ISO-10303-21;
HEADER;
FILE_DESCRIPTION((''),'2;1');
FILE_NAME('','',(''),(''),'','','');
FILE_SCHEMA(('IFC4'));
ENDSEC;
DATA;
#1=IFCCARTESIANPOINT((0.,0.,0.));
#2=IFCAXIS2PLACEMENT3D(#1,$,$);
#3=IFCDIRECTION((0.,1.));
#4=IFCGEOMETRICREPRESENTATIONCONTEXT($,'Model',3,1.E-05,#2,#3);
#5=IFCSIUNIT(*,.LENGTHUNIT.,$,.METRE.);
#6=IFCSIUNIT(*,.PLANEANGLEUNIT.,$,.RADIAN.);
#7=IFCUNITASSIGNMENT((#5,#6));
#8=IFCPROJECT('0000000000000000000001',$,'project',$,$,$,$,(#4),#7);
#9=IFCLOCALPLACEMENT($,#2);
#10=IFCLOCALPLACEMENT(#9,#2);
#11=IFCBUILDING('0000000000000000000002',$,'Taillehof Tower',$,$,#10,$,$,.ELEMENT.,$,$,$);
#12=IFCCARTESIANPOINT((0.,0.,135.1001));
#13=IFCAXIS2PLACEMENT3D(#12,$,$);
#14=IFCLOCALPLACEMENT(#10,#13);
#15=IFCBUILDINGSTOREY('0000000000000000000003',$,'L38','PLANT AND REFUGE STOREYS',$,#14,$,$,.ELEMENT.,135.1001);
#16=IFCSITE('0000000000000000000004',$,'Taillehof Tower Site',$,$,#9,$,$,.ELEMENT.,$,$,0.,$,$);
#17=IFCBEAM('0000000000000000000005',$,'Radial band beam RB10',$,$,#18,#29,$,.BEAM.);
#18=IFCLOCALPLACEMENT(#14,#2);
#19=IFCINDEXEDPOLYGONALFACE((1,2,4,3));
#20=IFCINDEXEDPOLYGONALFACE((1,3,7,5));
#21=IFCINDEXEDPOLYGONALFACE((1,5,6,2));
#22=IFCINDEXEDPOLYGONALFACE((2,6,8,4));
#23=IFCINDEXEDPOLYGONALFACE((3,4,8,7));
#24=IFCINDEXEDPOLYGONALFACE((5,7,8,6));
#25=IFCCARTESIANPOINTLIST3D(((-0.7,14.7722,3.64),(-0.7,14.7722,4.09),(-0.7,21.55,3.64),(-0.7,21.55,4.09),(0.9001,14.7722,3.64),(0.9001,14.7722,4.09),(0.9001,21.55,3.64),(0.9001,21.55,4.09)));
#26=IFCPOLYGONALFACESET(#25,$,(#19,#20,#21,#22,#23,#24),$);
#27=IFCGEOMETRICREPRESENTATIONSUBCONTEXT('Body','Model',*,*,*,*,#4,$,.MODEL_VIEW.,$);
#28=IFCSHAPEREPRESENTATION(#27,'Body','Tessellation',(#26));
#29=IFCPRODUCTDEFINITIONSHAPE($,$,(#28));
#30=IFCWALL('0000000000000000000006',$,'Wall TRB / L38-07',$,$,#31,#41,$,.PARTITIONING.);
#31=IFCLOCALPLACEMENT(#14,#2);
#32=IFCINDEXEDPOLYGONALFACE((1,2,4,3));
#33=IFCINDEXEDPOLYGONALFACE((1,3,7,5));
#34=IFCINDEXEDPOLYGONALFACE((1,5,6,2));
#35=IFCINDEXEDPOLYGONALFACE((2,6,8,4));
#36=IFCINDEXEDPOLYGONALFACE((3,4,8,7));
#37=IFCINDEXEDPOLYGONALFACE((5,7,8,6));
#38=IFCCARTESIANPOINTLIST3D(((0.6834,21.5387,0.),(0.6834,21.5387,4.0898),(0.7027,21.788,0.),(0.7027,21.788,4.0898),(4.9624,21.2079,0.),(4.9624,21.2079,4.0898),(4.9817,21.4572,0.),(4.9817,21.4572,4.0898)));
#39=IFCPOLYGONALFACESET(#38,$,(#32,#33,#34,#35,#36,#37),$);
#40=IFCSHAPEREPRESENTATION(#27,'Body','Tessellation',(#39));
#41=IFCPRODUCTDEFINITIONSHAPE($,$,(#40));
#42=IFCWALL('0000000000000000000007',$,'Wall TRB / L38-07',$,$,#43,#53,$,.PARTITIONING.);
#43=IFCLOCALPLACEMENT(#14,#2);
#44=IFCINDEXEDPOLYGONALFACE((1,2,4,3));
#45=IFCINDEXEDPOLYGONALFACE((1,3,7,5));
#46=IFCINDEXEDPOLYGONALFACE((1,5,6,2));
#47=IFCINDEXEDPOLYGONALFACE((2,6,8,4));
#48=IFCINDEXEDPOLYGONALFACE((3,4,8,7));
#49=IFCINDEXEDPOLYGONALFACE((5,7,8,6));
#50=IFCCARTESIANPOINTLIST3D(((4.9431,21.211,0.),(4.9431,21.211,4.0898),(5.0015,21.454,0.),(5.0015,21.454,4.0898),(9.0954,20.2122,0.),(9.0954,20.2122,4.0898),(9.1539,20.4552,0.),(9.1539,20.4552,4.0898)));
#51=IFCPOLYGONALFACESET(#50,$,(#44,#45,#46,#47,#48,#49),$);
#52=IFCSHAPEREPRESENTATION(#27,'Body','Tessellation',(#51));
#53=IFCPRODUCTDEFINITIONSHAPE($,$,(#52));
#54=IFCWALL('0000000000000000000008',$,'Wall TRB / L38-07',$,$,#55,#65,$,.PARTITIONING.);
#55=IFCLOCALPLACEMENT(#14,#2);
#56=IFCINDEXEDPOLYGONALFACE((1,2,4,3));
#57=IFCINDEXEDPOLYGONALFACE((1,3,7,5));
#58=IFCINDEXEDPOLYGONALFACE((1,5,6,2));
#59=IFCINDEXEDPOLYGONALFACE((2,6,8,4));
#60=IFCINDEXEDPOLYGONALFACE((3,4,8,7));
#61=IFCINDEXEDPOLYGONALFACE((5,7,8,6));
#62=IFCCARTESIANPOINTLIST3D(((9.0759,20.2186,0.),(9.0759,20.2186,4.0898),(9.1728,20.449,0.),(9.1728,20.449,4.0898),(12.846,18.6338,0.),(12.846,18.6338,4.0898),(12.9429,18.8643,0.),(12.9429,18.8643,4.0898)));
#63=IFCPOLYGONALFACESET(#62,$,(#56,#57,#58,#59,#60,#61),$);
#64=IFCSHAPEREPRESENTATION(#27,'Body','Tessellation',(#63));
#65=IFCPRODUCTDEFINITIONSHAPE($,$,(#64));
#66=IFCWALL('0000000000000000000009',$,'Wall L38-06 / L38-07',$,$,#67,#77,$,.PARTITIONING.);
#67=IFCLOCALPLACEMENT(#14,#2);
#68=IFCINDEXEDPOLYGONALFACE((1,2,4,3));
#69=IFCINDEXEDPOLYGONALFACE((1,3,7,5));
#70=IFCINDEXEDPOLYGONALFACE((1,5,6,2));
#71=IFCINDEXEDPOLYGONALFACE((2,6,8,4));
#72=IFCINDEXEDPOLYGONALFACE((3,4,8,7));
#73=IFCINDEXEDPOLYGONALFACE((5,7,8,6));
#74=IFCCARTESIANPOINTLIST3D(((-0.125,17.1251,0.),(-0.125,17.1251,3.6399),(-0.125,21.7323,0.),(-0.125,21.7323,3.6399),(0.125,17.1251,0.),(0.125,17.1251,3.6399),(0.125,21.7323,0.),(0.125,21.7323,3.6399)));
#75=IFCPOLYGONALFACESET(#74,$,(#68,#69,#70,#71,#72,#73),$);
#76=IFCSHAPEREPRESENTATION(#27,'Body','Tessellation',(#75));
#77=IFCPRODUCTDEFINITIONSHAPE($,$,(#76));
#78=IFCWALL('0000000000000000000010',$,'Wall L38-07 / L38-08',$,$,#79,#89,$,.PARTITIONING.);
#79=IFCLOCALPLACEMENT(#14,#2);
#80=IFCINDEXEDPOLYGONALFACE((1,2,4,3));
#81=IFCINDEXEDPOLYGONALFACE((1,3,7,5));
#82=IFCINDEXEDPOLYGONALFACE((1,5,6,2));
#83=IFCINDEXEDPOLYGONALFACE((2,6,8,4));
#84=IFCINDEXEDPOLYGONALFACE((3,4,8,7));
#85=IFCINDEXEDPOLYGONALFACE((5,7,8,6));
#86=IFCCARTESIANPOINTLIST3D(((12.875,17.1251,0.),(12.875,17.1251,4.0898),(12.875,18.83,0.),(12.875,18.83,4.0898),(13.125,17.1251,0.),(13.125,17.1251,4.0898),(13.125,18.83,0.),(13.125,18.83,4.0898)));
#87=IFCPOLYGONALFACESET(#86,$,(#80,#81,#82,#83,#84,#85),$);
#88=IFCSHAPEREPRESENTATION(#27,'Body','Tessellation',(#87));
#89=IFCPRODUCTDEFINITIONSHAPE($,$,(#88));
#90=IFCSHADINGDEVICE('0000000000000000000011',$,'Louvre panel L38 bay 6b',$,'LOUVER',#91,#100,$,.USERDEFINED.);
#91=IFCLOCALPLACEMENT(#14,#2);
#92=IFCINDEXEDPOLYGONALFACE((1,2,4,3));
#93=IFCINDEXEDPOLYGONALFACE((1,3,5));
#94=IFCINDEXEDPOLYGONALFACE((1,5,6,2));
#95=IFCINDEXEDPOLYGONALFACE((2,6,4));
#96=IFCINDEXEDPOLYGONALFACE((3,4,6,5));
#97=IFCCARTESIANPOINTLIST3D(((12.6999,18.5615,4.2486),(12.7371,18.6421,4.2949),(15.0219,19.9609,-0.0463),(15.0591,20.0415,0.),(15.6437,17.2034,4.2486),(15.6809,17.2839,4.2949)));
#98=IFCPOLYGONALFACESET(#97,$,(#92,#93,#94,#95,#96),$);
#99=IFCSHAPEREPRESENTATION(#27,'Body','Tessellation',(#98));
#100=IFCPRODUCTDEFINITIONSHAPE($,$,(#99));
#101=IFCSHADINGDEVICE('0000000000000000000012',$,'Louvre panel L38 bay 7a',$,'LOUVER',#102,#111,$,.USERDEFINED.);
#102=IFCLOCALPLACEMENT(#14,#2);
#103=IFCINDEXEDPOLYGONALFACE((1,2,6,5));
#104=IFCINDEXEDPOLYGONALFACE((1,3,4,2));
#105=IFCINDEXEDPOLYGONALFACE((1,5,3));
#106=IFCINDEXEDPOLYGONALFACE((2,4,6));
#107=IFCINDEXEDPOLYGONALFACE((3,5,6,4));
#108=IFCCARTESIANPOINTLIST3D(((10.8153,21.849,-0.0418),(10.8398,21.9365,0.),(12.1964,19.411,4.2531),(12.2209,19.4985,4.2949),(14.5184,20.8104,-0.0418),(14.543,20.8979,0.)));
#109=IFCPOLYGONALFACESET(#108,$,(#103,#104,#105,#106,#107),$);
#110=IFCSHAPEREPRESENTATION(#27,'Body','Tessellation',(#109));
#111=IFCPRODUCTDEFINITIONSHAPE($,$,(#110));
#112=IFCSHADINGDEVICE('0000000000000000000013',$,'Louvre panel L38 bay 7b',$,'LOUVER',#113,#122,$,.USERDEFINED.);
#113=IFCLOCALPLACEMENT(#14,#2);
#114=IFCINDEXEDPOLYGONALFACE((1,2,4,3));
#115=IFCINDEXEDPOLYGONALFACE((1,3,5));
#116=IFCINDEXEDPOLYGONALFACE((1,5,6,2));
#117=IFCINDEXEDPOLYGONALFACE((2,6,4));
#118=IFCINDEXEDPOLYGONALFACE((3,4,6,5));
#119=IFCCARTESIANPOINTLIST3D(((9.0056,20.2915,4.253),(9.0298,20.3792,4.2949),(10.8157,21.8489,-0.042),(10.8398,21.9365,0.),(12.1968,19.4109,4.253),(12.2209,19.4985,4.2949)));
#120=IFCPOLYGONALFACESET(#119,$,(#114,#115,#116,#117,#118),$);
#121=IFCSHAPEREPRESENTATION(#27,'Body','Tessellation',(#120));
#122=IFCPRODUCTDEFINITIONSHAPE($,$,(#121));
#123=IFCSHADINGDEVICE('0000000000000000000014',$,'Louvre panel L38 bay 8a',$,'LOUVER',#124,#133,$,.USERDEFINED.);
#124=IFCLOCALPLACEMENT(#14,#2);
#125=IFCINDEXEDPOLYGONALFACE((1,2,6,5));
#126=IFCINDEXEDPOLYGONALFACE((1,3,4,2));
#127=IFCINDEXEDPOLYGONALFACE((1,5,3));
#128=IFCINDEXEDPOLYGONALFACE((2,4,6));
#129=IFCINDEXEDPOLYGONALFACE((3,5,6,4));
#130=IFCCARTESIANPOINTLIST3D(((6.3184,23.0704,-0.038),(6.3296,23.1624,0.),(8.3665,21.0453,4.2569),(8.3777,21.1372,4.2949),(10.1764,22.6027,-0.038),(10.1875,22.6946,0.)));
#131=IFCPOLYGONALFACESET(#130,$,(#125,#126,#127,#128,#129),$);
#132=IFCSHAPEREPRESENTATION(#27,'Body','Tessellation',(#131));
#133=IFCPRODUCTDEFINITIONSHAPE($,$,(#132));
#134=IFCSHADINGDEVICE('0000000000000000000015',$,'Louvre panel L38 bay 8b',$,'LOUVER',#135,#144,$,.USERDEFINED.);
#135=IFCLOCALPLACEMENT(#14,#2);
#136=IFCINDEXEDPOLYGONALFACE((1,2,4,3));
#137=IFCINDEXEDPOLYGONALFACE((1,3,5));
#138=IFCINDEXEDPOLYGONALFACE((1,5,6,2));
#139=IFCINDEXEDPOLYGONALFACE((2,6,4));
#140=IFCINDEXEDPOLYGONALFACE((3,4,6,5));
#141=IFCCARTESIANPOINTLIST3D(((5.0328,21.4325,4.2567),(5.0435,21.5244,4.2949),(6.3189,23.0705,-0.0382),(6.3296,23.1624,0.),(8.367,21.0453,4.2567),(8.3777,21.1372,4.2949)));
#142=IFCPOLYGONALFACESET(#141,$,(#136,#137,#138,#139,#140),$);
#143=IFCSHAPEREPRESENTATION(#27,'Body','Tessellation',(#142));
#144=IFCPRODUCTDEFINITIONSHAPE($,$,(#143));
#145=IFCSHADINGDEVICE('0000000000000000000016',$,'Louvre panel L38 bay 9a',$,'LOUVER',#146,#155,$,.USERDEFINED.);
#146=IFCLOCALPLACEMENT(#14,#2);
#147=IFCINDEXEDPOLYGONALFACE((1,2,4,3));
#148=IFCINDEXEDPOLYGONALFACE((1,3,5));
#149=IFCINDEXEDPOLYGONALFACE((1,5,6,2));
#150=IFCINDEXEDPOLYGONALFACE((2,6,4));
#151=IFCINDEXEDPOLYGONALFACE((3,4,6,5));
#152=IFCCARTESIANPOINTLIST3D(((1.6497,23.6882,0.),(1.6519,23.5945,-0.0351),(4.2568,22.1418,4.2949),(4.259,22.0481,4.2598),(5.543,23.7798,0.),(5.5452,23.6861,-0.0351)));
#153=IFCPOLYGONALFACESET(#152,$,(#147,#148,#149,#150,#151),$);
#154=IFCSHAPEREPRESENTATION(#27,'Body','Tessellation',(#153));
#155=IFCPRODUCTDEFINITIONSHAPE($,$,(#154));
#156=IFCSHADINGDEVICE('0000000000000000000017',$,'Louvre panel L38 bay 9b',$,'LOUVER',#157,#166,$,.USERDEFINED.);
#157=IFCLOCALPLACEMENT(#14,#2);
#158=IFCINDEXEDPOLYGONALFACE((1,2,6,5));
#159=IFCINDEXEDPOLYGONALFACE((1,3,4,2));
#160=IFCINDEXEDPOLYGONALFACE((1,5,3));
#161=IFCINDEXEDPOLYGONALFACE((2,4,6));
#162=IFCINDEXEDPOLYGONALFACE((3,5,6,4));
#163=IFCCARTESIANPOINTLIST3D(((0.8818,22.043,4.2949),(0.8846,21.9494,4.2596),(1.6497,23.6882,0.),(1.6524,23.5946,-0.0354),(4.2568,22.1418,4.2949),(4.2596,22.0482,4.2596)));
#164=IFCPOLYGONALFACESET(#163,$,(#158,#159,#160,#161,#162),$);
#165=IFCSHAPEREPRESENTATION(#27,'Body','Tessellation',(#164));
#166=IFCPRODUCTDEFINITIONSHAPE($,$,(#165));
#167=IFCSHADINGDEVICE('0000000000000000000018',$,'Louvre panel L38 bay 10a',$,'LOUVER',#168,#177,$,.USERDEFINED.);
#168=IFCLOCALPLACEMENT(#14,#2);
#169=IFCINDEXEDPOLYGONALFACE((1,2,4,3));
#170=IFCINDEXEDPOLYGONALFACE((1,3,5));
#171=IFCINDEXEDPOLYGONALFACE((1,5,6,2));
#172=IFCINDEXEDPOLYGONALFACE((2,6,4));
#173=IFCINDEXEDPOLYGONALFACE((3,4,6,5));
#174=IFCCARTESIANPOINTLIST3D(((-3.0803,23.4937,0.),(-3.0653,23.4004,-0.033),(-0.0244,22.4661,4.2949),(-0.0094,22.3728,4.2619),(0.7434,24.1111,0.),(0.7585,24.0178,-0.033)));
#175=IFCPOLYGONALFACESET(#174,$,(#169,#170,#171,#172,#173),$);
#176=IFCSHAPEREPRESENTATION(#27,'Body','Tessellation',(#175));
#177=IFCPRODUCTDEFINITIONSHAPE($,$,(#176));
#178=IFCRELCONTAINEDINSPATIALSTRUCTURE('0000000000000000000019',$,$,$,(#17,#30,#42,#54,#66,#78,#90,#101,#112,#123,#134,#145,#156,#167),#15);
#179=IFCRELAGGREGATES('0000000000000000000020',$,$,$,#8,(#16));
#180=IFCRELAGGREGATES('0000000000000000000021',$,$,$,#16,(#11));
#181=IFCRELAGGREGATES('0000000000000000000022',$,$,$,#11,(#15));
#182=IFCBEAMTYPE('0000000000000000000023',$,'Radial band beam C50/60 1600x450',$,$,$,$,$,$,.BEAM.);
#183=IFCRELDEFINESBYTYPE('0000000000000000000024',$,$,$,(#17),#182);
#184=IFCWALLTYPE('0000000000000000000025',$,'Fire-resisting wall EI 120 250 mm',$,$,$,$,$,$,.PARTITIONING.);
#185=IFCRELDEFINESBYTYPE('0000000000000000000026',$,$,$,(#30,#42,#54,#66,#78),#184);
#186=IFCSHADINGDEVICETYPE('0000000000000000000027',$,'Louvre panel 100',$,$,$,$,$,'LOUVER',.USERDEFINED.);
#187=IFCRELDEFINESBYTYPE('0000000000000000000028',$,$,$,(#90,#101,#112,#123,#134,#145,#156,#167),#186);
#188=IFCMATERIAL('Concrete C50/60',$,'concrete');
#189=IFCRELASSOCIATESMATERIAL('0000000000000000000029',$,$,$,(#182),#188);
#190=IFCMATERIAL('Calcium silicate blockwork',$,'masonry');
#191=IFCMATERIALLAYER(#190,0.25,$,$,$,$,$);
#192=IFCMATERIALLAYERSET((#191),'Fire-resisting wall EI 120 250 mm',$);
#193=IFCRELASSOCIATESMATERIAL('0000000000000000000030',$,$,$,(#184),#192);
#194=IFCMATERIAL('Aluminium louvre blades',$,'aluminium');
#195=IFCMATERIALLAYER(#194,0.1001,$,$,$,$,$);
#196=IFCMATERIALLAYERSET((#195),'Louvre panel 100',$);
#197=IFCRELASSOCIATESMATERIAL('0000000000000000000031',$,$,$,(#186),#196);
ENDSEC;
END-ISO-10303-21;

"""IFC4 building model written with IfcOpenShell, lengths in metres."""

from ifc_helpers import new_model, si_unit, direction, frame, frame_2d, origin, origin_2d, place, context, subcontext, project, spatial, polyline, rectangle, outline, extrude, material, layer, layer_set, material_profile, profile_set, type_object, element, save


model = new_model("IFC4")

# Units and contexts
model_context = context("Model", 3, precision=1e-05, world=origin(), true_north=direction((0.0, 1.0)))
body_context = subcontext(model_context, "Body", "Model", "MODEL_VIEW")
ifc_project = project(units=[si_unit("LENGTHUNIT", "METRE"), si_unit("PLANEANGLEUNIT", "RADIAN")], contexts=[model_context])

# Site, building, storey
site_placement = place(None, origin())
site = spatial("IfcSite", under=ifc_project, at=site_placement, Name="Taillehof Tower Site", CompositionType="ELEMENT", RefElevation=0.0)
building_placement = place(site_placement, origin())
building = spatial("IfcBuilding", under=site, at=building_placement, Name="Taillehof Tower", CompositionType="ELEMENT")
storey_placement = place(building_placement, frame((0.0, 0.0, 135.1001)))
storey = spatial("IfcBuildingStorey", under=building, at=storey_placement, Name="L38", Description="PLANT AND REFUGE STOREYS", CompositionType="ELEMENT", Elevation=135.1001)

# Beam
ifc_material_1 = material(Name="Concrete C50/60", Category="concrete")
ifc_material_profile_1 = material_profile(ifc_material_1, rectangle(XDim=1.6001, YDim=0.45, at=origin_2d()), Name="RC 1600x450")
ifc_profile_set_1 = profile_set([ifc_material_profile_1], Name="Concrete C50/60")
beam_type = type_object("IfcBeamType", Name="Radial band beam C50/60 1600x450", PredefinedType="BEAM", material=ifc_profile_set_1)
beam_1_placement = place(storey_placement, frame((0.1001, 21.55, 3.865), z_axis=(0.0, -1.0, 0.0), x_axis=(1.0, 0.0, 0.0)))
element("IfcBeam", 1, at=beam_1_placement, inside=storey, type_object=beam_type, Name="Radial band beam RB10", PredefinedType="BEAM", context=body_context, shape_type="SweptSolid", body=[
    extrude(rectangle(XDim=1.6001, YDim=0.45, at=origin_2d()), origin(), (0.0, 0.0, 1.0), 6.7778),
])

# Walls
ifc_material_2 = material(Name="Calcium silicate blockwork", Category="masonry")
ifc_layer_1 = layer(ifc_material_2, 0.25)
ifc_layer_set_1 = layer_set([ifc_layer_1], Name="Fire-resisting wall EI 120 250 mm")
wall_type = type_object("IfcWallType", Name="Fire-resisting wall EI 120 250 mm", PredefinedType="PARTITIONING", material=ifc_layer_set_1)
wall_1_placement = place(storey_placement, frame((4.9722, 21.3325, 0.0), z_axis=(0.0, 0.0, 1.0), x_axis=(-0.997025, 0.077079, 0.0)))
element("IfcWall", 2, at=wall_1_placement, inside=storey, type_object=wall_type, Name="Wall TRB / L38-07", PredefinedType="PARTITIONING", context=body_context, shape_type="SweptSolid", body=[
    extrude(rectangle(XDim=4.2917, YDim=0.25, at=frame_2d((2.146, 0.0))), origin(), (0.0, 0.0, 1.0), 4.0898),
])
wall_2_placement = place(storey_placement, frame((9.1245, 20.3337, 0.0), z_axis=(0.0, 0.0, 1.0), x_axis=(-0.972269, 0.233864, 0.0)))
element("IfcWall", 3, at=wall_2_placement, inside=storey, type_object=wall_type, Name="Wall TRB / L38-07", PredefinedType="PARTITIONING", context=body_context, shape_type="SweptSolid", body=[
    extrude(rectangle(XDim=4.2708, YDim=0.25, at=frame_2d((2.1353, 0.0))), origin(), (0.0, 0.0, 1.0), 4.0898),
])
wall_3_placement = place(storey_placement, frame((12.8945, 18.749, 0.0), z_axis=(0.0, 0.0, 1.0), x_axis=(-0.921868, 0.387504, 0.0)))
element("IfcWall", 4, at=wall_3_placement, inside=storey, type_object=wall_type, Name="Wall TRB / L38-07", PredefinedType="PARTITIONING", context=body_context, shape_type="SweptSolid", body=[
    extrude(rectangle(XDim=4.0896, YDim=0.25, at=frame_2d((2.0449, 0.0))), origin(), (0.0, 0.0, 1.0), 4.0898),
])
wall_4_placement = place(storey_placement, frame((0.0, 17.125, 0.0), z_axis=(0.0, 0.0, 1.0), x_axis=(0.0, 1.0, 0.0)))
element("IfcWall", 5, at=wall_4_placement, inside=storey, type_object=wall_type, Name="Wall L38-06 / L38-07", PredefinedType="PARTITIONING", context=body_context, shape_type="SweptSolid", body=[
    extrude(rectangle(XDim=4.6072, YDim=0.25, at=frame_2d((2.3037, 0.0))), origin(), (0.0, 0.0, 1.0), 3.6399),
])
wall_5_placement = place(storey_placement, frame((13.0, 17.125, 0.0), z_axis=(0.0, 0.0, 1.0), x_axis=(0.0, 1.0, 0.0)))
element("IfcWall", 6, at=wall_5_placement, inside=storey, type_object=wall_type, Name="Wall L38-07 / L38-08", PredefinedType="PARTITIONING", context=body_context, shape_type="SweptSolid", body=[
    extrude(rectangle(XDim=1.7048, YDim=0.25, at=frame_2d((0.8525, 0.0))), origin(), (0.0, 0.0, 1.0), 4.0898),
])

# Shading devices
ifc_material_3 = material(Name="Aluminium louvre blades", Category="aluminium")
ifc_layer_2 = layer(ifc_material_3, 0.1001)
ifc_layer_set_2 = layer_set([ifc_layer_2], Name="Louvre panel 100")
shading_device_type = type_object("IfcShadingDeviceType", Name="Louvre panel 100", ElementType="LOUVER", PredefinedType="USERDEFINED", material=ifc_layer_set_2)
shading_device_1_placement = place(storey_placement, frame((15.0591, 20.0415, 0.0), z_axis=(0.371315, 0.804839, 0.46299), x_axis=(-0.457179, -0.275528, 0.845619)))
element("IfcShadingDevice", 7, at=shading_device_1_placement, inside=storey, type_object=shading_device_type, Name="Louvre panel L38 bay 6b", ObjectType="LOUVER", PredefinedType="USERDEFINED", context=body_context, shape_type="SweptSolid", body=[
    extrude(outline(polyline([(0.0, 0.0), (5.079, 0.0), (4.1074, 3.093), (0.0, 0.0)])), origin(), (0.0, 0.0, -1.0), 0.1001),
])
shading_device_2_placement = place(storey_placement, frame((14.543, 20.8979, 0.0), z_axis=(0.245354, 0.874832, 0.417696), x_axis=(-0.962849, 0.27004, 0.0)))
element("IfcShadingDevice", 8, at=shading_device_2_placement, inside=storey, type_object=shading_device_type, Name="Louvre panel L38 bay 7a", ObjectType="LOUVER", PredefinedType="USERDEFINED", context=body_context, shape_type="SweptSolid", body=[
    extrude(outline(polyline([(0.0, 0.0), (3.846, 0.0), (1.8579, 4.727), (0.0, 0.0)])), origin(), (0.0, 0.0, -1.0), 0.1001),
])
shading_device_3_placement = place(storey_placement, frame((10.8398, 21.9365, 0.0), z_axis=(0.241517, 0.875208, 0.419143), x_axis=(-0.368342, -0.316921, 0.874005)))
element("IfcShadingDevice", 9, at=shading_device_3_placement, inside=storey, type_object=shading_device_type, Name="Louvre panel L38 bay 7b", ObjectType="LOUVER", PredefinedType="USERDEFINED", context=body_context, shape_type="SweptSolid", body=[
    extrude(outline(polyline([(0.0, 0.0), (4.9141, 0.0), (4.0177, 3.1868), (0.0, 0.0)])), origin(), (0.0, 0.0, -1.0), 0.1001),
])
shading_device_4_placement = place(storey_placement, frame((10.1875, 22.6946, 0.0), z_axis=(0.111344, 0.918301, 0.379902), x_axis=(-0.992729, 0.120369, 0.0)))
element("IfcShadingDevice", 10, at=shading_device_4_placement, inside=storey, type_object=shading_device_type, Name="Louvre panel L38 bay 8a", ObjectType="LOUVER", PredefinedType="USERDEFINED", context=body_context, shape_type="SweptSolid", body=[
    extrude(outline(polyline([(0.0, 0.0), (3.8862, 0.0), (1.6092, 4.643), (0.0, 0.0)])), origin(), (0.0, 0.0, -1.0), 0.1001),
])
shading_device_5_placement = place(storey_placement, frame((6.3296, 23.1624, 0.0), z_axis=(0.106607, 0.917987, 0.382013), x_axis=(-0.269449, -0.343154, 0.899801)))
element("IfcShadingDevice", 11, at=shading_device_5_placement, inside=storey, type_object=shading_device_type, Name="Louvre panel L38 bay 8b", ObjectType="LOUVER", PredefinedType="USERDEFINED", context=body_context, shape_type="SweptSolid", body=[
    extrude(outline(polyline([(0.0, 0.0), (4.7732, 0.0), (4.0077, 3.2682), (0.0, 0.0)])), origin(), (0.0, 0.0, -1.0), 0.1001),
])
shading_device_6_placement = place(storey_placement, frame((5.543, 23.7798, 0.0), z_axis=(-0.022018, 0.93631, 0.350484), x_axis=(-0.999724, -0.023509, 0.0)))
element("IfcShadingDevice", 12, at=shading_device_6_placement, inside=storey, type_object=shading_device_type, Name="Louvre panel L38 bay 9a", ObjectType="LOUVER", PredefinedType="USERDEFINED", context=body_context, shape_type="SweptSolid", body=[
    extrude(outline(polyline([(0.0, 0.0), (3.8944, 0.0), (1.3243, 4.5858), (0.0, 0.0)])), origin(), (0.0, 0.0, -1.0), 0.1001),
])
shading_device_7_placement = place(storey_placement, frame((1.6497, 23.6882, 0.0), z_axis=(-0.027396, 0.935104, 0.353314), x_axis=(-0.164666, -0.35284, 0.92108)))
element("IfcShadingDevice", 13, at=shading_device_7_placement, inside=storey, type_object=shading_device_type, Name="Louvre panel L38 bay 9b", ObjectType="LOUVER", PredefinedType="USERDEFINED", context=body_context, shape_type="SweptSolid", body=[
    extrude(outline(polyline([(0.0, 0.0), (4.6629, 0.0), (4.0723, 3.3244), (0.0, 0.0)])), origin(), (0.0, 0.0, -1.0), 0.1001),
])
shading_device_8_placement = place(storey_placement, frame((0.7434, 24.1111, 0.0), z_axis=(-0.150477, 0.9319, 0.33003), x_axis=(-0.987213, -0.159409, 0.0)))
element("IfcShadingDevice", 14, at=shading_device_8_placement, inside=storey, type_object=shading_device_type, Name="Louvre panel L38 bay 10a", ObjectType="LOUVER", PredefinedType="USERDEFINED", context=body_context, shape_type="SweptSolid", body=[
    extrude(outline(polyline([(0.0, 0.0), (3.8733, 0.0), (1.0202, 4.5498), (0.0, 0.0)])), origin(), (0.0, 0.0, -1.0), 0.1001),
])

save(model, "model.ifc")
